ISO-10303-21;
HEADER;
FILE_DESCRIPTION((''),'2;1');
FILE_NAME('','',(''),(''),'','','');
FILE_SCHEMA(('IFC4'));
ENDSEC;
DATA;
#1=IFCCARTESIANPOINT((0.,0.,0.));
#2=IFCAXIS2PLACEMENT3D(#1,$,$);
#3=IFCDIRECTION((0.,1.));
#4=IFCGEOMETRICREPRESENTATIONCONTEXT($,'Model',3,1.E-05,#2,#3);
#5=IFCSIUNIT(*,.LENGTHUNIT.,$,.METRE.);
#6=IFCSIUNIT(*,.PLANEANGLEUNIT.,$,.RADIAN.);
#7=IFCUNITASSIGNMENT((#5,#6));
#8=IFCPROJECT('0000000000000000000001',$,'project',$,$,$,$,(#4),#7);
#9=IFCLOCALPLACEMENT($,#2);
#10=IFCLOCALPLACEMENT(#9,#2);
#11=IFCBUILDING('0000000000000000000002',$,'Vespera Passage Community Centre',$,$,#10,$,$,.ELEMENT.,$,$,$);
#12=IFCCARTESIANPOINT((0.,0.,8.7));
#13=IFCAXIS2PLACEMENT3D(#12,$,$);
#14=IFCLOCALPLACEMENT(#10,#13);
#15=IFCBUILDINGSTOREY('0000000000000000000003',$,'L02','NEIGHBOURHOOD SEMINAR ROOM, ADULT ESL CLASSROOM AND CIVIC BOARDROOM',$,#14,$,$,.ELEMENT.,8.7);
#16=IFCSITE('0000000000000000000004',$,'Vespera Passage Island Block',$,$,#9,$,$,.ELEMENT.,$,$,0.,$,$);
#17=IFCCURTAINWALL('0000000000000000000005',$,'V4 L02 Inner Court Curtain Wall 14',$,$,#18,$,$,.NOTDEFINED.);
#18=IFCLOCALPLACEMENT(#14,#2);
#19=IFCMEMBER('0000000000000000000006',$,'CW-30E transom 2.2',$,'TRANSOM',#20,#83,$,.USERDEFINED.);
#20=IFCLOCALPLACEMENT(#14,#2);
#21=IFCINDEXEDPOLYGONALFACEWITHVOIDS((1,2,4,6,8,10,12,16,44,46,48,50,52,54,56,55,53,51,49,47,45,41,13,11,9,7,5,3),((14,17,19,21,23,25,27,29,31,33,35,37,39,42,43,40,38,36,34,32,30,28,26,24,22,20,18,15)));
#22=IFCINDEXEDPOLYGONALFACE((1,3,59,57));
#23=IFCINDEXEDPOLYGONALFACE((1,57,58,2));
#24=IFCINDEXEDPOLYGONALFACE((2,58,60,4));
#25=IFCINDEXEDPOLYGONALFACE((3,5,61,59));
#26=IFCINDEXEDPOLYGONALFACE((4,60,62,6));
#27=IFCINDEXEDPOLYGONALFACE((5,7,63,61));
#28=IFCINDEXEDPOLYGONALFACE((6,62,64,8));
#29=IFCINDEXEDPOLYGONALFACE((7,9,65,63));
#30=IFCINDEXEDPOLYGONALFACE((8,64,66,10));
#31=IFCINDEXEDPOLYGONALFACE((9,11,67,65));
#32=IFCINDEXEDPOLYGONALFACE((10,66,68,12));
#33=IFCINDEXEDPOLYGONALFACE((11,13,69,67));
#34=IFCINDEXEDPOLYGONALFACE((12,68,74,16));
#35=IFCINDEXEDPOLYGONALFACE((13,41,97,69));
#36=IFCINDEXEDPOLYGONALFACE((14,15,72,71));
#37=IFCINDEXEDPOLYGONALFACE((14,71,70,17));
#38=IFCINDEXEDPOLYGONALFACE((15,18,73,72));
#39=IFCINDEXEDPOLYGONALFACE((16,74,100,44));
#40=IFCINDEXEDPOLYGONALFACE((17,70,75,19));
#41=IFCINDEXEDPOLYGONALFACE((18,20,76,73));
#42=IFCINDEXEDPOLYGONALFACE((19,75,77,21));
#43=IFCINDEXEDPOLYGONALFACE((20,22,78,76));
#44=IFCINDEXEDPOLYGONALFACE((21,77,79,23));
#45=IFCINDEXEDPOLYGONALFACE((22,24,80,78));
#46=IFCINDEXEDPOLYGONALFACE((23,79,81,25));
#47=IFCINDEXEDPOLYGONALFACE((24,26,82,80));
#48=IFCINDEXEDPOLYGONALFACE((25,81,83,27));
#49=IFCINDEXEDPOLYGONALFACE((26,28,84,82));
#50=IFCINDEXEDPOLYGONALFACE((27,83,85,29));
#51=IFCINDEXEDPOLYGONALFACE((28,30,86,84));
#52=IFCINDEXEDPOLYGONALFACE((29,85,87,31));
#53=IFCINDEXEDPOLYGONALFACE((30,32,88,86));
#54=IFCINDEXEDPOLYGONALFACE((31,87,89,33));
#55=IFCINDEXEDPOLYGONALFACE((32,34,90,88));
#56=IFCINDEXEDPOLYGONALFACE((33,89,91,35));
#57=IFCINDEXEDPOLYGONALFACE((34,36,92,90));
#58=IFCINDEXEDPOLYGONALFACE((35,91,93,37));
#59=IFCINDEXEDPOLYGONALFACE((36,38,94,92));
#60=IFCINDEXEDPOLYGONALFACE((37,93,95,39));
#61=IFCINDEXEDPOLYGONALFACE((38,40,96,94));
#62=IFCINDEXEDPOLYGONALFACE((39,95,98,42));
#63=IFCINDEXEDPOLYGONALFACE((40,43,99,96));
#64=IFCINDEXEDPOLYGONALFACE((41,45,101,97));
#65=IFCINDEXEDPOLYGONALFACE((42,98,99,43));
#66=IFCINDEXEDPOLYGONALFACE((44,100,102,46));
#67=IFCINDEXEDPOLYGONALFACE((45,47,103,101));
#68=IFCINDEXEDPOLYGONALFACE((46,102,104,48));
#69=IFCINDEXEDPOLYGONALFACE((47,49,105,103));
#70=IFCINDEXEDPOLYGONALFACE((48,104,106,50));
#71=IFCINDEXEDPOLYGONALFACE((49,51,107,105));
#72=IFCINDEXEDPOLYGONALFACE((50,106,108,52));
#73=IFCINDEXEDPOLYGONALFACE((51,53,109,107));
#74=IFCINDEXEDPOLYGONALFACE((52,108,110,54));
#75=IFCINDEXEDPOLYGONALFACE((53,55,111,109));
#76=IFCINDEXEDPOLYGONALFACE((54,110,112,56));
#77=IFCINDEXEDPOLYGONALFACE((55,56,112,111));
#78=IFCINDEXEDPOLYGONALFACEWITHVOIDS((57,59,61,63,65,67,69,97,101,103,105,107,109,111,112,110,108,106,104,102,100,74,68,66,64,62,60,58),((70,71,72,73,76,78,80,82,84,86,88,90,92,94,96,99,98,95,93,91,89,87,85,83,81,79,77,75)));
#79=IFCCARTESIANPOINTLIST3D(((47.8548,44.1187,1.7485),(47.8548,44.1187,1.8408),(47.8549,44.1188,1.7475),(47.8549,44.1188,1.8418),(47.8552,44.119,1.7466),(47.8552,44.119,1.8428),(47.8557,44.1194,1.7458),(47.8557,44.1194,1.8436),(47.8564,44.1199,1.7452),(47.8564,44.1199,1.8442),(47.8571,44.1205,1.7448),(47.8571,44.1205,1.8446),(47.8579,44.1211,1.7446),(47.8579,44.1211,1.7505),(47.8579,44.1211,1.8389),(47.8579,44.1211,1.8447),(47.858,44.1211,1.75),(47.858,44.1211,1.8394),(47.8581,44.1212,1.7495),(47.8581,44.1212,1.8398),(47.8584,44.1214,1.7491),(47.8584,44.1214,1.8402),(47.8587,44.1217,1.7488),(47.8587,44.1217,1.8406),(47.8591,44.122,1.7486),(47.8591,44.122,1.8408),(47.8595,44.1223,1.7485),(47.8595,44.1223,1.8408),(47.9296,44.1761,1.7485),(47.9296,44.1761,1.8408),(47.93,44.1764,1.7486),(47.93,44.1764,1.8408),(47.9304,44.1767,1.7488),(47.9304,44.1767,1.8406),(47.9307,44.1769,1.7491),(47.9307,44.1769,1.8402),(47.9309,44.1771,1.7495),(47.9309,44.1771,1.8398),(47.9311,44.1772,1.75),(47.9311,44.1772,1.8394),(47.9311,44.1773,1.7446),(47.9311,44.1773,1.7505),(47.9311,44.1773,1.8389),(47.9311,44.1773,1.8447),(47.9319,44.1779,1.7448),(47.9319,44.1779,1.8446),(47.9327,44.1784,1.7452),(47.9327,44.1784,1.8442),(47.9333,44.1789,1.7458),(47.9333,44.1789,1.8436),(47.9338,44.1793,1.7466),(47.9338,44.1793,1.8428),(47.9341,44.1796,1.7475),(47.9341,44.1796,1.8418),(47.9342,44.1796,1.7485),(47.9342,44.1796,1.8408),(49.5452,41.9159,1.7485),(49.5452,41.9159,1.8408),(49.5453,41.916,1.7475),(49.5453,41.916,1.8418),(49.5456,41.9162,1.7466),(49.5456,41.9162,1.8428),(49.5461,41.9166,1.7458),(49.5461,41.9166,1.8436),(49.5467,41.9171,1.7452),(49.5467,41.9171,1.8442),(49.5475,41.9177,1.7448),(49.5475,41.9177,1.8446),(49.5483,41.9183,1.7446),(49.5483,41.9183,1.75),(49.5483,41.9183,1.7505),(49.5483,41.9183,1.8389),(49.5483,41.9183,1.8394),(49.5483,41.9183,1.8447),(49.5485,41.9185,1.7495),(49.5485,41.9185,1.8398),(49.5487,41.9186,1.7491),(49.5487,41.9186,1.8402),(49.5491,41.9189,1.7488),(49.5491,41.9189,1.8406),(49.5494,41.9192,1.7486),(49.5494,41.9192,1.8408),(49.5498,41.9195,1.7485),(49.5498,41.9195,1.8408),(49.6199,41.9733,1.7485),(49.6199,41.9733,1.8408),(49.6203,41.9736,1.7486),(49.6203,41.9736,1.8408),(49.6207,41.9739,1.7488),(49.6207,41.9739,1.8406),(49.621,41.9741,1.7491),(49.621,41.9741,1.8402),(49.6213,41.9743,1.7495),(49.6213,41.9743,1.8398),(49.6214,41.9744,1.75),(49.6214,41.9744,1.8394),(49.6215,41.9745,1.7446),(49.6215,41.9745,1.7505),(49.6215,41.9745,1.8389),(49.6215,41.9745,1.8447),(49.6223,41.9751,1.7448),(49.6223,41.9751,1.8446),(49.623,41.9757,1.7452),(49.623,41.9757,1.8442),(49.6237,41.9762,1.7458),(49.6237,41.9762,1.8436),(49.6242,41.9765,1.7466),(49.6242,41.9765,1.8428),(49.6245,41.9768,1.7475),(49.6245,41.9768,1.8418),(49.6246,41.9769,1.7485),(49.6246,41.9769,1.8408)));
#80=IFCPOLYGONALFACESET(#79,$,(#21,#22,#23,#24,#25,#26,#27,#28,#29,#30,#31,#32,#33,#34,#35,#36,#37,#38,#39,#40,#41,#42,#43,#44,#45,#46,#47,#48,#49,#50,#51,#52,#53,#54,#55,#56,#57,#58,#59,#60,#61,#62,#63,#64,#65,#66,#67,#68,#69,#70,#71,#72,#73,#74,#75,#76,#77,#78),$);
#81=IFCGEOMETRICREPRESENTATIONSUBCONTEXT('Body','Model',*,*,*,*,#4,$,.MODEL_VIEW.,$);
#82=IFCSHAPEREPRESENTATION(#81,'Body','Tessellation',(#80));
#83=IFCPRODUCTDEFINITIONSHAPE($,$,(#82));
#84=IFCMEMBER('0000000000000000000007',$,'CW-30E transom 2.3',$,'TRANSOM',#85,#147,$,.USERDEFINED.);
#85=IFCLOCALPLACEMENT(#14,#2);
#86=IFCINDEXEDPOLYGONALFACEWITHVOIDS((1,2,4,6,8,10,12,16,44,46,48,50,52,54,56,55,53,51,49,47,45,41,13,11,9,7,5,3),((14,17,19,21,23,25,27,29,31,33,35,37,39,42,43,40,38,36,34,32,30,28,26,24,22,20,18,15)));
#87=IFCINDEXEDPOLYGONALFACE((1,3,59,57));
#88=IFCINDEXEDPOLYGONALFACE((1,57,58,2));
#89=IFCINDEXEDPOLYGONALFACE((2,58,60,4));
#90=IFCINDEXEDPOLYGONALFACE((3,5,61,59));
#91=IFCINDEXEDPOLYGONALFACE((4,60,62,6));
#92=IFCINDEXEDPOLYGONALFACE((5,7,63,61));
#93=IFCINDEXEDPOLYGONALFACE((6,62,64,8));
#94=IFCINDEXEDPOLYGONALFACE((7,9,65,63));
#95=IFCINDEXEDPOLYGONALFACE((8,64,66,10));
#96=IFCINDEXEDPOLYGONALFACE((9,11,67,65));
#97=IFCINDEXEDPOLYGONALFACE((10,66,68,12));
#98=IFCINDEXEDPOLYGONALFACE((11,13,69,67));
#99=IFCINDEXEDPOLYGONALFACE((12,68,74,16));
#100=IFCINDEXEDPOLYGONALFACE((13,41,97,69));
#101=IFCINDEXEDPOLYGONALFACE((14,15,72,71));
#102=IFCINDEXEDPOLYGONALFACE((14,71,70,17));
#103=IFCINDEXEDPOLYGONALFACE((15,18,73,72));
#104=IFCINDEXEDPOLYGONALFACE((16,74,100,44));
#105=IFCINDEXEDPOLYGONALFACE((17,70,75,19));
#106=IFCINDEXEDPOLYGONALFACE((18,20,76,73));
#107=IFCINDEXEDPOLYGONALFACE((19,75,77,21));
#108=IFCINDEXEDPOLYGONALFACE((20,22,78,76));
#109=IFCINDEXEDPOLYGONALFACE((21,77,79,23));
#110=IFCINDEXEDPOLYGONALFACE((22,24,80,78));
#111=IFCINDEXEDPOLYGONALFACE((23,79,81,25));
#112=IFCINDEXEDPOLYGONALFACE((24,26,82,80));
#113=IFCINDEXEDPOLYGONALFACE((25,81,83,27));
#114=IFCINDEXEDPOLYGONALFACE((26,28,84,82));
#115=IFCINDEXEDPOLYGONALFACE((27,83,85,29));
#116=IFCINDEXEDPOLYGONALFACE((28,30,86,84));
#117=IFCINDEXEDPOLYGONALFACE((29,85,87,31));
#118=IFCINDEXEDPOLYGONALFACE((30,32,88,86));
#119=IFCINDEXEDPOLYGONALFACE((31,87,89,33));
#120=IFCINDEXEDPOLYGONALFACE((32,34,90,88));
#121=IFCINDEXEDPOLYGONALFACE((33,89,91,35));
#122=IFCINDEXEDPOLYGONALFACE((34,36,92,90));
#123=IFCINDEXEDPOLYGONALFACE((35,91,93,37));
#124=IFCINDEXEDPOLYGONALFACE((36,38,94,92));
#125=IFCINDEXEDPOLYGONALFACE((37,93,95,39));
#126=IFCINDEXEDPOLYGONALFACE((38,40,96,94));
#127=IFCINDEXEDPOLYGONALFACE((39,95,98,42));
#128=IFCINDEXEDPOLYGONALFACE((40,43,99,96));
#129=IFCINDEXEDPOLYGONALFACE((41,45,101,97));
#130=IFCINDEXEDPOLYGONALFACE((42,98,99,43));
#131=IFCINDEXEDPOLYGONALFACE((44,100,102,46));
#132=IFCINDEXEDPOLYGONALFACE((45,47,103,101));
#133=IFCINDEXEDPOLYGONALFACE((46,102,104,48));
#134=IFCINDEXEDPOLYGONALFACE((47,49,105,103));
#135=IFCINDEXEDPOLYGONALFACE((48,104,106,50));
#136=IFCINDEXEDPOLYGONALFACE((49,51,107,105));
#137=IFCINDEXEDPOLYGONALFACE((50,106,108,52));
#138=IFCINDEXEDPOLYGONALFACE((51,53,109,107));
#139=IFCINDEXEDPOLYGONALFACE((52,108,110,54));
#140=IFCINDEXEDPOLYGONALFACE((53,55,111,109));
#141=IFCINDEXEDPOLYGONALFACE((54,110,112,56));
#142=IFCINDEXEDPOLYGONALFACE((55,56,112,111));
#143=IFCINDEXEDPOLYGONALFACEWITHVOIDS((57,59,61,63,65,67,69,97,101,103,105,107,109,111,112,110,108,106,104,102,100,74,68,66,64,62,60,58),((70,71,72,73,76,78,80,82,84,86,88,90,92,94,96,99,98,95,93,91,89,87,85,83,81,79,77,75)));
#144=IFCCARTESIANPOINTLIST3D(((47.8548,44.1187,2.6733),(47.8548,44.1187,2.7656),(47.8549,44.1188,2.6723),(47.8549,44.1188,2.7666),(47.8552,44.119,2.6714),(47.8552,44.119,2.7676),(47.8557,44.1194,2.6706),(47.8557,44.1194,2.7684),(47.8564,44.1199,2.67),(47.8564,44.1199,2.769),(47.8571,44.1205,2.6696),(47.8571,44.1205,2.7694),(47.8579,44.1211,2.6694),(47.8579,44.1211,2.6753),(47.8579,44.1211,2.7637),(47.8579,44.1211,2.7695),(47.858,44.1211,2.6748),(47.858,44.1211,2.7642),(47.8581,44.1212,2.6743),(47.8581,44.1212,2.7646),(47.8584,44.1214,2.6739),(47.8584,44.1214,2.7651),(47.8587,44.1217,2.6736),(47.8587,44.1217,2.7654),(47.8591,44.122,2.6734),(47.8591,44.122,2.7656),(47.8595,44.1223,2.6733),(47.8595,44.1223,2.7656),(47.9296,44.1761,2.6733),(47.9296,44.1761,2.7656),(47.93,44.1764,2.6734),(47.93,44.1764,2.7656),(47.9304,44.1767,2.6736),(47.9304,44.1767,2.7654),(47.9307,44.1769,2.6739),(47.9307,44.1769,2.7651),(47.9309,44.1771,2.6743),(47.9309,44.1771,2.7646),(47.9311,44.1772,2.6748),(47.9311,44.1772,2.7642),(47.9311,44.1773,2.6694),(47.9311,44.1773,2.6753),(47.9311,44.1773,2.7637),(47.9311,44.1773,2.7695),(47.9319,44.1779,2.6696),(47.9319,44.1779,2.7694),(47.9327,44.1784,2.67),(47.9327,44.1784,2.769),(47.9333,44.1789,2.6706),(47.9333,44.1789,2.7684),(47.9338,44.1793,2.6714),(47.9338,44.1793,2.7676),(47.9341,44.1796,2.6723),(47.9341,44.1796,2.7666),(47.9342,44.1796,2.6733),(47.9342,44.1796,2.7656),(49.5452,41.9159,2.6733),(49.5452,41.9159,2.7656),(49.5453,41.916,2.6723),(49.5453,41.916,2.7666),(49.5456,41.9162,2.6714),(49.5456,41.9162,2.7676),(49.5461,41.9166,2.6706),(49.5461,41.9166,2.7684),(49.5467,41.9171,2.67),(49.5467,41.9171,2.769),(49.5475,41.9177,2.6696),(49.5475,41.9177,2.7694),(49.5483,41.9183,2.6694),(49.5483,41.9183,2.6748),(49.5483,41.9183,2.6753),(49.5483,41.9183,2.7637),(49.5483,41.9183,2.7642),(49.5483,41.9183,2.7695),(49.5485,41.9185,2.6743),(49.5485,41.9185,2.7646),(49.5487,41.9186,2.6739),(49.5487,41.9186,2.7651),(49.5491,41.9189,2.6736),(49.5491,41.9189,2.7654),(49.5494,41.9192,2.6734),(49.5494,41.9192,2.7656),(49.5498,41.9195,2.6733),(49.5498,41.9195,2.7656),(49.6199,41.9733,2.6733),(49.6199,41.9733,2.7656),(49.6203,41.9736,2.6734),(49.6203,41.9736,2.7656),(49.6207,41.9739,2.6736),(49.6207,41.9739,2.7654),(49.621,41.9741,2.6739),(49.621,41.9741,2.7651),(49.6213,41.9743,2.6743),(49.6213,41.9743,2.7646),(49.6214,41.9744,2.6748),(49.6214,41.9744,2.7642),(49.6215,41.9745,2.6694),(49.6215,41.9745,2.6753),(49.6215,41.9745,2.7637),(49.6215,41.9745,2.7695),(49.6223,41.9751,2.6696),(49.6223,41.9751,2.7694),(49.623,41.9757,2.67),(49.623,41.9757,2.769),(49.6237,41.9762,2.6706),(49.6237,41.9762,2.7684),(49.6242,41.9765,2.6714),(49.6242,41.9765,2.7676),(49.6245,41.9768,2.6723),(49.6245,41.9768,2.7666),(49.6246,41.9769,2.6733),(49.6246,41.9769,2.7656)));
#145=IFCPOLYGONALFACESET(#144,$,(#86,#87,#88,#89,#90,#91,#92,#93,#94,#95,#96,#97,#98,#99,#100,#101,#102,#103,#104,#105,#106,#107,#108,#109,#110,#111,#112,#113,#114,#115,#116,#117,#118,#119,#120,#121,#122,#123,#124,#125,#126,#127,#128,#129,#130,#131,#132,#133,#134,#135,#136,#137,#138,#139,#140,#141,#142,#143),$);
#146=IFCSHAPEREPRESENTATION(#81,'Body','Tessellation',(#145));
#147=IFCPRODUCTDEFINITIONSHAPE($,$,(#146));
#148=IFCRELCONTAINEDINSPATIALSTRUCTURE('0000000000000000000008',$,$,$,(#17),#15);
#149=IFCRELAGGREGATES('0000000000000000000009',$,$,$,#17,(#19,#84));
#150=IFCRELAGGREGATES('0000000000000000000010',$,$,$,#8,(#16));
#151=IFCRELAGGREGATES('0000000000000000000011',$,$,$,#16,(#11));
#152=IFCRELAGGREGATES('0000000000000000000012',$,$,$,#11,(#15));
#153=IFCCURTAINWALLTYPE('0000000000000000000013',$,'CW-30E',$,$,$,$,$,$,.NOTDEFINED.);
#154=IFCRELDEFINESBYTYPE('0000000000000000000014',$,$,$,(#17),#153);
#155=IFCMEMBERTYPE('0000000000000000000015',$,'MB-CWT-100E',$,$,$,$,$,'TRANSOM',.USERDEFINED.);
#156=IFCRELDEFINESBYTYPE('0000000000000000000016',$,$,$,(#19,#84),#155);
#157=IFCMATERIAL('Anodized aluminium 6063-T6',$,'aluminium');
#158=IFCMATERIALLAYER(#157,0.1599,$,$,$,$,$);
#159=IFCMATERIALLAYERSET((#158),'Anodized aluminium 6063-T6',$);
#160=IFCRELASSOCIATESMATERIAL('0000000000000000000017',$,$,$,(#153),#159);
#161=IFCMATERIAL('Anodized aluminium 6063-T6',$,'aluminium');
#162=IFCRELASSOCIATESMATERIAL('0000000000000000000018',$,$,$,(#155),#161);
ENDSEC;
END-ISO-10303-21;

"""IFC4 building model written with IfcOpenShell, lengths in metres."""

from ifc_helpers import new_model, si_unit, direction, frame, origin, origin_2d, place, context, subcontext, project, spatial, hollow_rectangle, extrude, material, layer, layer_set, material_profile, profile_set, type_object, element, aggregate, save


model = new_model("IFC4")

# Units and contexts
model_context = context("Model", 3, precision=1e-05, world=origin(), true_north=direction((0.0, 1.0)))
body_context = subcontext(model_context, "Body", "Model", "MODEL_VIEW")
ifc_project = project(units=[si_unit("LENGTHUNIT", "METRE"), si_unit("PLANEANGLEUNIT", "RADIAN")], contexts=[model_context])

# Site, building, storey
site_placement = place(None, origin())
site = spatial("IfcSite", under=ifc_project, at=site_placement, Name="Vespera Passage Island Block", CompositionType="ELEMENT", RefElevation=0.0)
building_placement = place(site_placement, origin())
building = spatial("IfcBuilding", under=site, at=building_placement, Name="Vespera Passage Community Centre", CompositionType="ELEMENT")
storey_placement = place(building_placement, frame((0.0, 0.0, 8.7)))
storey = spatial("IfcBuildingStorey", under=building, at=storey_placement, Name="L02", Description="NEIGHBOURHOOD SEMINAR ROOM, ADULT ESL CLASSROOM AND CIVIC BOARDROOM", CompositionType="ELEMENT", Elevation=8.7)

# Curtain wall, members
ifc_material_1 = material(Name="Anodized aluminium 6063-T6", Category="aluminium")
ifc_layer_1 = layer(ifc_material_1, 0.1599)
ifc_layer_set_1 = layer_set([ifc_layer_1], Name="Anodized aluminium 6063-T6")
curtain_wall_type = type_object("IfcCurtainWallType", Name="CW-30E", PredefinedType="NOTDEFINED", material=ifc_layer_set_1)
curtain_wall_placement = place(storey_placement, origin())
curtain_wall = element("IfcCurtainWall", 1, at=curtain_wall_placement, inside=storey, type_object=curtain_wall_type, Name="V4 L02 Inner Court Curtain Wall 14", PredefinedType="NOTDEFINED")
ifc_material_2 = material(Name="Anodized aluminium 6063-T6", Category="aluminium")
ifc_material_profile_1 = material_profile(ifc_material_2, hollow_rectangle(XDim=0.1001, YDim=0.1001, WallThickness=0.0039, InnerFilletRadius=0.002, OuterFilletRadius=0.0039, at=origin_2d()), Name="ALU100X100X4")
ifc_profile_set_1 = profile_set([ifc_material_profile_1], Name="Anodized aluminium 6063-T6")
member_type_1 = type_object("IfcMemberType", Name="MB-CWT-100E", ElementType="TRANSOM", PredefinedType="USERDEFINED", material=ifc_profile_set_1)
member_1_placement = place(storey_placement, frame((47.8945, 44.1492, 1.7947), z_axis=(0.608784, -0.793336, 0.0), x_axis=(0.793336, 0.608784, 0.0)))
member_1 = element("IfcMember", 2, at=member_1_placement, type_object=member_type_1, Name="CW-30E transom 2.2", ObjectType="TRANSOM", PredefinedType="USERDEFINED", context=body_context, shape_type="SweptSolid", body=[
    extrude(hollow_rectangle(XDim=0.1001, YDim=0.1001, WallThickness=0.0039, InnerFilletRadius=0.002, OuterFilletRadius=0.0039, at=origin_2d()), origin(), (0.0, 0.0, 1.0), 2.7766),
])
member_2_placement = place(storey_placement, frame((47.8945, 44.1492, 2.7195), z_axis=(0.608784, -0.793336, 0.0), x_axis=(0.793336, 0.608784, 0.0)))
member_2 = element("IfcMember", 3, at=member_2_placement, type_object=member_type_1, Name="CW-30E transom 2.3", ObjectType="TRANSOM", PredefinedType="USERDEFINED", context=body_context, shape_type="SweptSolid", body=[
    extrude(hollow_rectangle(XDim=0.1001, YDim=0.1001, WallThickness=0.0039, InnerFilletRadius=0.002, OuterFilletRadius=0.0039, at=origin_2d()), origin(), (0.0, 0.0, 1.0), 2.7766),
])

aggregate(curtain_wall, [member_1, member_2])

save(model, "model.ifc")
